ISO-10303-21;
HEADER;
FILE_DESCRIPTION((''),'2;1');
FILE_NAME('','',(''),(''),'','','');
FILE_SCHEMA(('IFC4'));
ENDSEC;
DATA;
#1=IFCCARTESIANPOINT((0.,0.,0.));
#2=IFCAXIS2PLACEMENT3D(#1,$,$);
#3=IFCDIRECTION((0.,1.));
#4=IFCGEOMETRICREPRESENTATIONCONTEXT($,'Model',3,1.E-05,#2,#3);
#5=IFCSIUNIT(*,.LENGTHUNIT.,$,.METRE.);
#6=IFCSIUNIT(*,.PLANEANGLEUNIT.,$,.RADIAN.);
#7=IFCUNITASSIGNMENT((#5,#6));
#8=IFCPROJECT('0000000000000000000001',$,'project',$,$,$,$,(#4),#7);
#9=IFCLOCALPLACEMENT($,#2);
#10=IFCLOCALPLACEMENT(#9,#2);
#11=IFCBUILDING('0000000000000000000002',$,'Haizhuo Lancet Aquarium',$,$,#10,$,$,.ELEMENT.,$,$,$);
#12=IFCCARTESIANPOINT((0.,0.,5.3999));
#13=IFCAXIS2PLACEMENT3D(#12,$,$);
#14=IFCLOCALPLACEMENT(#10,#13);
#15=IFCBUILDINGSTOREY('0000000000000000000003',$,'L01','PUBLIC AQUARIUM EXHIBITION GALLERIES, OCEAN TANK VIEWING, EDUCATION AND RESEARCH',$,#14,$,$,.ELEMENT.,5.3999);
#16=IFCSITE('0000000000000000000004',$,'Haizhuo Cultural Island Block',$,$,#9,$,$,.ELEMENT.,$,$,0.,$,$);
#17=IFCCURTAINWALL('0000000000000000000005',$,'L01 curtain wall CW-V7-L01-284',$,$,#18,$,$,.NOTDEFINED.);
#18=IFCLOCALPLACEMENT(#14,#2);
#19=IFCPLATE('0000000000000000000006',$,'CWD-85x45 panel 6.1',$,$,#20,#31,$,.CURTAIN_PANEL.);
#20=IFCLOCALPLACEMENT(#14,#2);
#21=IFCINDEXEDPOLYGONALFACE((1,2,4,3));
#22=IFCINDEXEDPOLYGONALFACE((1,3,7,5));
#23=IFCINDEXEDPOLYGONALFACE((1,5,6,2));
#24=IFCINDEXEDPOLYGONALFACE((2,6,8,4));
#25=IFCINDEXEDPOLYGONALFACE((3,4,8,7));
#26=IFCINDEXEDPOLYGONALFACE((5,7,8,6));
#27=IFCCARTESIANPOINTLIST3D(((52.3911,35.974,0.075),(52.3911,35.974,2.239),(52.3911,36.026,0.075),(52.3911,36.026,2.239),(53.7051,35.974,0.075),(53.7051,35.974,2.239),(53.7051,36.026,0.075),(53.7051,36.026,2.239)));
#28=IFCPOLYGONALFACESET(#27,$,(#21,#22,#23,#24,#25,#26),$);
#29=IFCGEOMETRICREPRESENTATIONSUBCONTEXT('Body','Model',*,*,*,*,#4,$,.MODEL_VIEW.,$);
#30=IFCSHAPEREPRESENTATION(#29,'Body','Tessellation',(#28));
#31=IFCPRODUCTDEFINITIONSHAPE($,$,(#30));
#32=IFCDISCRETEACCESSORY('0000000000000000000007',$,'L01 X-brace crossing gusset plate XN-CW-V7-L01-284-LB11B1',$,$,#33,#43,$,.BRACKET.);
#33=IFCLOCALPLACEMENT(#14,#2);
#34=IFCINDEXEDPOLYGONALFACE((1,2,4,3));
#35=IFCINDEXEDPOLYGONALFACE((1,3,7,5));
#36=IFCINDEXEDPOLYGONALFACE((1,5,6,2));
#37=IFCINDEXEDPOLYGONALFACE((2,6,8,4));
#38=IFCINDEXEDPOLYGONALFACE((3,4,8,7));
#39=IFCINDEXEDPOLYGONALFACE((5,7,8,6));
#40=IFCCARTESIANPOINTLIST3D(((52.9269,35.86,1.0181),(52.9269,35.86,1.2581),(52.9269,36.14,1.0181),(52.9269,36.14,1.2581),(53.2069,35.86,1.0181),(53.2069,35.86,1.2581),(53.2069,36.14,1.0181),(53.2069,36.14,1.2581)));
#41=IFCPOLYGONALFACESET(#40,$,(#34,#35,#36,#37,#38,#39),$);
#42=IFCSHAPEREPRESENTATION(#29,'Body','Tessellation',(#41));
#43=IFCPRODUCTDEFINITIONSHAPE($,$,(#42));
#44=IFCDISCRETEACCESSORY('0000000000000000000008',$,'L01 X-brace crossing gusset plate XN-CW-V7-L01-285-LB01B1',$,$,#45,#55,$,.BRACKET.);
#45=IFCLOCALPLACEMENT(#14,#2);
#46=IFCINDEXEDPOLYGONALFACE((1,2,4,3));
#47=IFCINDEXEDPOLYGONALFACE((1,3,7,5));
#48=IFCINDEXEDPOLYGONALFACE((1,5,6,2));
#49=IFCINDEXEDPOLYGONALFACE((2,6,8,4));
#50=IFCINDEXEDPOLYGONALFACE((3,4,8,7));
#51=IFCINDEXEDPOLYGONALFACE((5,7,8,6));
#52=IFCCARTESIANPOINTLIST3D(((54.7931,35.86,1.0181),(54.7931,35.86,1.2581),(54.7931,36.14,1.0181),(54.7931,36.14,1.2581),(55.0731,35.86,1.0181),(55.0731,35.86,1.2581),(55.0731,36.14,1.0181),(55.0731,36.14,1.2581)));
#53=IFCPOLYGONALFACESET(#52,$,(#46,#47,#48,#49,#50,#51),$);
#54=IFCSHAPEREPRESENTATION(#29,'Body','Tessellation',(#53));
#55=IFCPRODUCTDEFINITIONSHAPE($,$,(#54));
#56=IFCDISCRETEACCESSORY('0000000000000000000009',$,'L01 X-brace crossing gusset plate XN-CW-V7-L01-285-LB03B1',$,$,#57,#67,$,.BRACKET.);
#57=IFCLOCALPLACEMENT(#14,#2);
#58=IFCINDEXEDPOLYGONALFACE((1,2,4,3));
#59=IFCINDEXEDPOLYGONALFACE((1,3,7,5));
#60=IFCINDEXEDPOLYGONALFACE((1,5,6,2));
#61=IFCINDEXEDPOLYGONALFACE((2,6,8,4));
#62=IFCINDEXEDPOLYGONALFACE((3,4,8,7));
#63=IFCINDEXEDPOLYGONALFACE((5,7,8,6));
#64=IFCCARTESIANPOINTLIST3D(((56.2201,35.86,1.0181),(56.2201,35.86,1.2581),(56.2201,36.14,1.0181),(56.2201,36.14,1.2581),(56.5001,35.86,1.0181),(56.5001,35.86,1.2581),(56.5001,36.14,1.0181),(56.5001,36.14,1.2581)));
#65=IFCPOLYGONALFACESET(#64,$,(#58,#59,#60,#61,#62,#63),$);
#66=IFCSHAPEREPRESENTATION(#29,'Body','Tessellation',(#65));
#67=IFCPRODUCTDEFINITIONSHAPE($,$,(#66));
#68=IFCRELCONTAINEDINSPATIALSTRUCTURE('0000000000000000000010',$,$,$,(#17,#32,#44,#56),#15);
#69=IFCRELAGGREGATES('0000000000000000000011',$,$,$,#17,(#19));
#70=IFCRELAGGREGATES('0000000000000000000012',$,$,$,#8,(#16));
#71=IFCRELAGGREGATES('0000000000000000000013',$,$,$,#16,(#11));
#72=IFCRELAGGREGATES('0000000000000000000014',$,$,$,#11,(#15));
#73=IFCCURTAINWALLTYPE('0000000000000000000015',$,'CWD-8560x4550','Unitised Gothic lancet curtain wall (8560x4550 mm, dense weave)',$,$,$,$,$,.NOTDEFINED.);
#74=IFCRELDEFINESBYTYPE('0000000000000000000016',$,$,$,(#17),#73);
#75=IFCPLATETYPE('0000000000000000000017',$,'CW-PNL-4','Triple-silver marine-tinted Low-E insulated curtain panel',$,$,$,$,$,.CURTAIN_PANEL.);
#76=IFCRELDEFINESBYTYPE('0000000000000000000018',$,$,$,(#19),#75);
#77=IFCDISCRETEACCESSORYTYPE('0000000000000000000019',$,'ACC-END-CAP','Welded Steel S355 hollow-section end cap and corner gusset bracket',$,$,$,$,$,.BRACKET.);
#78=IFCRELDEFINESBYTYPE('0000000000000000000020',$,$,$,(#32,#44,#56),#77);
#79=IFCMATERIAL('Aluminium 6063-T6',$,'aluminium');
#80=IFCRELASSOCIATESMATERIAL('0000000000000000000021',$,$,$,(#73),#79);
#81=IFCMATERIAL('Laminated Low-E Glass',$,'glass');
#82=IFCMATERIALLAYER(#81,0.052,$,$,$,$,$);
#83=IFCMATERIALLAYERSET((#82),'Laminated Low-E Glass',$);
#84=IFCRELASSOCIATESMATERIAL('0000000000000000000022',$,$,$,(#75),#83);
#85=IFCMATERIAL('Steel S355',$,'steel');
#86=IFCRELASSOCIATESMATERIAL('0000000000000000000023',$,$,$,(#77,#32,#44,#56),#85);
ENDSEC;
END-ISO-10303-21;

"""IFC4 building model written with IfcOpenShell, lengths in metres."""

from ifc_helpers import new_model, si_unit, direction, frame, origin, origin_2d, place, context, subcontext, project, spatial, rectangle, extrude, material, layer, layer_set, type_object, element, aggregate, save


model = new_model("IFC4")

# Units and contexts
model_context = context("Model", 3, precision=1e-05, world=origin(), true_north=direction((0.0, 1.0)))
body_context = subcontext(model_context, "Body", "Model", "MODEL_VIEW")
ifc_project = project(units=[si_unit("LENGTHUNIT", "METRE"), si_unit("PLANEANGLEUNIT", "RADIAN")], contexts=[model_context])

# Site, building, storey
site_placement = place(None, origin())
site = spatial("IfcSite", under=ifc_project, at=site_placement, Name="Haizhuo Cultural Island Block", CompositionType="ELEMENT", RefElevation=0.0)
building_placement = place(site_placement, origin())
building = spatial("IfcBuilding", under=site, at=building_placement, Name="Haizhuo Lancet Aquarium", CompositionType="ELEMENT")
storey_placement = place(building_placement, frame((0.0, 0.0, 5.3999)))
storey = spatial("IfcBuildingStorey", under=building, at=storey_placement, Name="L01", Description="PUBLIC AQUARIUM EXHIBITION GALLERIES, OCEAN TANK VIEWING, EDUCATION AND RESEARCH", CompositionType="ELEMENT", Elevation=5.3999)

# Shared definitions
ifc_material_1 = material(Name="Steel S355", Category="steel")

# Curtain wall
ifc_material_2 = material(Name="Aluminium 6063-T6", Category="aluminium")
curtain_wall_type = type_object("IfcCurtainWallType", Name="CWD-8560x4550", Description="Unitised Gothic lancet curtain wall (8560x4550 mm, dense weave)", PredefinedType="NOTDEFINED", material=ifc_material_2)
curtain_wall_1_placement = place(storey_placement, origin())
curtain_wall_1 = element("IfcCurtainWall", 1, at=curtain_wall_1_placement, inside=storey, type_object=curtain_wall_type, Name="L01 curtain wall CW-V7-L01-284", PredefinedType="NOTDEFINED")

# Plate
ifc_material_3 = material(Name="Laminated Low-E Glass", Category="glass")
ifc_layer_1 = layer(ifc_material_3, 0.052)
ifc_layer_set_1 = layer_set([ifc_layer_1], Name="Laminated Low-E Glass")
plate_type_1 = type_object("IfcPlateType", Name="CW-PNL-4", Description="Triple-silver marine-tinted Low-E insulated curtain panel", PredefinedType="CURTAIN_PANEL", material=ifc_layer_set_1)
plate_1_placement = place(storey_placement, frame((53.0481, 36.0, 0.075), z_axis=(0.0, 0.0, 1.0), x_axis=(1.0, 0.0, 0.0)))
plate_1 = element("IfcPlate", 2, at=plate_1_placement, type_object=plate_type_1, Name="CWD-85x45 panel 6.1", PredefinedType="CURTAIN_PANEL", context=body_context, shape_type="SweptSolid", body=[
    extrude(rectangle(XDim=1.314, YDim=0.052, at=origin_2d()), origin(), (0.0, 0.0, 1.0), 2.1641),
])
aggregate(curtain_wall_1, [plate_1])

# Discrete accessories
discrete_accessory_type = type_object("IfcDiscreteAccessoryType", Name="ACC-END-CAP", Description="Welded Steel S355 hollow-section end cap and corner gusset bracket", PredefinedType="BRACKET", material=ifc_material_1)
for number, where, z_axis, x_axis, name in (
    (3, (53.0669, 36.0, 1.0181), (0.0, 0.0, 1.0), (1.0, 0.0, 0.0), "L01 X-brace crossing gusset plate XN-CW-V7-L01-284-LB11B1"),
    (4, (54.9331, 36.0, 1.0181), (0.0, 0.0, 1.0), (1.0, 0.0, 0.0), "L01 X-brace crossing gusset plate XN-CW-V7-L01-285-LB01B1"),
    (5, (56.3601, 36.0, 1.0181), (0.0, 0.0, 1.0), (1.0, 0.0, 0.0), "L01 X-brace crossing gusset plate XN-CW-V7-L01-285-LB03B1"),
):
    element("IfcDiscreteAccessory", number, at=place(storey_placement, frame(where, z_axis=z_axis, x_axis=x_axis)), inside=storey, type_object=discrete_accessory_type, material=ifc_material_1, Name=name, PredefinedType="BRACKET", context=body_context, shape_type="SweptSolid", body=[
        extrude(rectangle(XDim=0.28, YDim=0.28, at=origin_2d()), origin(), (0.0, 0.0, 1.0), 0.24),
    ])

save(model, "model.ifc")
